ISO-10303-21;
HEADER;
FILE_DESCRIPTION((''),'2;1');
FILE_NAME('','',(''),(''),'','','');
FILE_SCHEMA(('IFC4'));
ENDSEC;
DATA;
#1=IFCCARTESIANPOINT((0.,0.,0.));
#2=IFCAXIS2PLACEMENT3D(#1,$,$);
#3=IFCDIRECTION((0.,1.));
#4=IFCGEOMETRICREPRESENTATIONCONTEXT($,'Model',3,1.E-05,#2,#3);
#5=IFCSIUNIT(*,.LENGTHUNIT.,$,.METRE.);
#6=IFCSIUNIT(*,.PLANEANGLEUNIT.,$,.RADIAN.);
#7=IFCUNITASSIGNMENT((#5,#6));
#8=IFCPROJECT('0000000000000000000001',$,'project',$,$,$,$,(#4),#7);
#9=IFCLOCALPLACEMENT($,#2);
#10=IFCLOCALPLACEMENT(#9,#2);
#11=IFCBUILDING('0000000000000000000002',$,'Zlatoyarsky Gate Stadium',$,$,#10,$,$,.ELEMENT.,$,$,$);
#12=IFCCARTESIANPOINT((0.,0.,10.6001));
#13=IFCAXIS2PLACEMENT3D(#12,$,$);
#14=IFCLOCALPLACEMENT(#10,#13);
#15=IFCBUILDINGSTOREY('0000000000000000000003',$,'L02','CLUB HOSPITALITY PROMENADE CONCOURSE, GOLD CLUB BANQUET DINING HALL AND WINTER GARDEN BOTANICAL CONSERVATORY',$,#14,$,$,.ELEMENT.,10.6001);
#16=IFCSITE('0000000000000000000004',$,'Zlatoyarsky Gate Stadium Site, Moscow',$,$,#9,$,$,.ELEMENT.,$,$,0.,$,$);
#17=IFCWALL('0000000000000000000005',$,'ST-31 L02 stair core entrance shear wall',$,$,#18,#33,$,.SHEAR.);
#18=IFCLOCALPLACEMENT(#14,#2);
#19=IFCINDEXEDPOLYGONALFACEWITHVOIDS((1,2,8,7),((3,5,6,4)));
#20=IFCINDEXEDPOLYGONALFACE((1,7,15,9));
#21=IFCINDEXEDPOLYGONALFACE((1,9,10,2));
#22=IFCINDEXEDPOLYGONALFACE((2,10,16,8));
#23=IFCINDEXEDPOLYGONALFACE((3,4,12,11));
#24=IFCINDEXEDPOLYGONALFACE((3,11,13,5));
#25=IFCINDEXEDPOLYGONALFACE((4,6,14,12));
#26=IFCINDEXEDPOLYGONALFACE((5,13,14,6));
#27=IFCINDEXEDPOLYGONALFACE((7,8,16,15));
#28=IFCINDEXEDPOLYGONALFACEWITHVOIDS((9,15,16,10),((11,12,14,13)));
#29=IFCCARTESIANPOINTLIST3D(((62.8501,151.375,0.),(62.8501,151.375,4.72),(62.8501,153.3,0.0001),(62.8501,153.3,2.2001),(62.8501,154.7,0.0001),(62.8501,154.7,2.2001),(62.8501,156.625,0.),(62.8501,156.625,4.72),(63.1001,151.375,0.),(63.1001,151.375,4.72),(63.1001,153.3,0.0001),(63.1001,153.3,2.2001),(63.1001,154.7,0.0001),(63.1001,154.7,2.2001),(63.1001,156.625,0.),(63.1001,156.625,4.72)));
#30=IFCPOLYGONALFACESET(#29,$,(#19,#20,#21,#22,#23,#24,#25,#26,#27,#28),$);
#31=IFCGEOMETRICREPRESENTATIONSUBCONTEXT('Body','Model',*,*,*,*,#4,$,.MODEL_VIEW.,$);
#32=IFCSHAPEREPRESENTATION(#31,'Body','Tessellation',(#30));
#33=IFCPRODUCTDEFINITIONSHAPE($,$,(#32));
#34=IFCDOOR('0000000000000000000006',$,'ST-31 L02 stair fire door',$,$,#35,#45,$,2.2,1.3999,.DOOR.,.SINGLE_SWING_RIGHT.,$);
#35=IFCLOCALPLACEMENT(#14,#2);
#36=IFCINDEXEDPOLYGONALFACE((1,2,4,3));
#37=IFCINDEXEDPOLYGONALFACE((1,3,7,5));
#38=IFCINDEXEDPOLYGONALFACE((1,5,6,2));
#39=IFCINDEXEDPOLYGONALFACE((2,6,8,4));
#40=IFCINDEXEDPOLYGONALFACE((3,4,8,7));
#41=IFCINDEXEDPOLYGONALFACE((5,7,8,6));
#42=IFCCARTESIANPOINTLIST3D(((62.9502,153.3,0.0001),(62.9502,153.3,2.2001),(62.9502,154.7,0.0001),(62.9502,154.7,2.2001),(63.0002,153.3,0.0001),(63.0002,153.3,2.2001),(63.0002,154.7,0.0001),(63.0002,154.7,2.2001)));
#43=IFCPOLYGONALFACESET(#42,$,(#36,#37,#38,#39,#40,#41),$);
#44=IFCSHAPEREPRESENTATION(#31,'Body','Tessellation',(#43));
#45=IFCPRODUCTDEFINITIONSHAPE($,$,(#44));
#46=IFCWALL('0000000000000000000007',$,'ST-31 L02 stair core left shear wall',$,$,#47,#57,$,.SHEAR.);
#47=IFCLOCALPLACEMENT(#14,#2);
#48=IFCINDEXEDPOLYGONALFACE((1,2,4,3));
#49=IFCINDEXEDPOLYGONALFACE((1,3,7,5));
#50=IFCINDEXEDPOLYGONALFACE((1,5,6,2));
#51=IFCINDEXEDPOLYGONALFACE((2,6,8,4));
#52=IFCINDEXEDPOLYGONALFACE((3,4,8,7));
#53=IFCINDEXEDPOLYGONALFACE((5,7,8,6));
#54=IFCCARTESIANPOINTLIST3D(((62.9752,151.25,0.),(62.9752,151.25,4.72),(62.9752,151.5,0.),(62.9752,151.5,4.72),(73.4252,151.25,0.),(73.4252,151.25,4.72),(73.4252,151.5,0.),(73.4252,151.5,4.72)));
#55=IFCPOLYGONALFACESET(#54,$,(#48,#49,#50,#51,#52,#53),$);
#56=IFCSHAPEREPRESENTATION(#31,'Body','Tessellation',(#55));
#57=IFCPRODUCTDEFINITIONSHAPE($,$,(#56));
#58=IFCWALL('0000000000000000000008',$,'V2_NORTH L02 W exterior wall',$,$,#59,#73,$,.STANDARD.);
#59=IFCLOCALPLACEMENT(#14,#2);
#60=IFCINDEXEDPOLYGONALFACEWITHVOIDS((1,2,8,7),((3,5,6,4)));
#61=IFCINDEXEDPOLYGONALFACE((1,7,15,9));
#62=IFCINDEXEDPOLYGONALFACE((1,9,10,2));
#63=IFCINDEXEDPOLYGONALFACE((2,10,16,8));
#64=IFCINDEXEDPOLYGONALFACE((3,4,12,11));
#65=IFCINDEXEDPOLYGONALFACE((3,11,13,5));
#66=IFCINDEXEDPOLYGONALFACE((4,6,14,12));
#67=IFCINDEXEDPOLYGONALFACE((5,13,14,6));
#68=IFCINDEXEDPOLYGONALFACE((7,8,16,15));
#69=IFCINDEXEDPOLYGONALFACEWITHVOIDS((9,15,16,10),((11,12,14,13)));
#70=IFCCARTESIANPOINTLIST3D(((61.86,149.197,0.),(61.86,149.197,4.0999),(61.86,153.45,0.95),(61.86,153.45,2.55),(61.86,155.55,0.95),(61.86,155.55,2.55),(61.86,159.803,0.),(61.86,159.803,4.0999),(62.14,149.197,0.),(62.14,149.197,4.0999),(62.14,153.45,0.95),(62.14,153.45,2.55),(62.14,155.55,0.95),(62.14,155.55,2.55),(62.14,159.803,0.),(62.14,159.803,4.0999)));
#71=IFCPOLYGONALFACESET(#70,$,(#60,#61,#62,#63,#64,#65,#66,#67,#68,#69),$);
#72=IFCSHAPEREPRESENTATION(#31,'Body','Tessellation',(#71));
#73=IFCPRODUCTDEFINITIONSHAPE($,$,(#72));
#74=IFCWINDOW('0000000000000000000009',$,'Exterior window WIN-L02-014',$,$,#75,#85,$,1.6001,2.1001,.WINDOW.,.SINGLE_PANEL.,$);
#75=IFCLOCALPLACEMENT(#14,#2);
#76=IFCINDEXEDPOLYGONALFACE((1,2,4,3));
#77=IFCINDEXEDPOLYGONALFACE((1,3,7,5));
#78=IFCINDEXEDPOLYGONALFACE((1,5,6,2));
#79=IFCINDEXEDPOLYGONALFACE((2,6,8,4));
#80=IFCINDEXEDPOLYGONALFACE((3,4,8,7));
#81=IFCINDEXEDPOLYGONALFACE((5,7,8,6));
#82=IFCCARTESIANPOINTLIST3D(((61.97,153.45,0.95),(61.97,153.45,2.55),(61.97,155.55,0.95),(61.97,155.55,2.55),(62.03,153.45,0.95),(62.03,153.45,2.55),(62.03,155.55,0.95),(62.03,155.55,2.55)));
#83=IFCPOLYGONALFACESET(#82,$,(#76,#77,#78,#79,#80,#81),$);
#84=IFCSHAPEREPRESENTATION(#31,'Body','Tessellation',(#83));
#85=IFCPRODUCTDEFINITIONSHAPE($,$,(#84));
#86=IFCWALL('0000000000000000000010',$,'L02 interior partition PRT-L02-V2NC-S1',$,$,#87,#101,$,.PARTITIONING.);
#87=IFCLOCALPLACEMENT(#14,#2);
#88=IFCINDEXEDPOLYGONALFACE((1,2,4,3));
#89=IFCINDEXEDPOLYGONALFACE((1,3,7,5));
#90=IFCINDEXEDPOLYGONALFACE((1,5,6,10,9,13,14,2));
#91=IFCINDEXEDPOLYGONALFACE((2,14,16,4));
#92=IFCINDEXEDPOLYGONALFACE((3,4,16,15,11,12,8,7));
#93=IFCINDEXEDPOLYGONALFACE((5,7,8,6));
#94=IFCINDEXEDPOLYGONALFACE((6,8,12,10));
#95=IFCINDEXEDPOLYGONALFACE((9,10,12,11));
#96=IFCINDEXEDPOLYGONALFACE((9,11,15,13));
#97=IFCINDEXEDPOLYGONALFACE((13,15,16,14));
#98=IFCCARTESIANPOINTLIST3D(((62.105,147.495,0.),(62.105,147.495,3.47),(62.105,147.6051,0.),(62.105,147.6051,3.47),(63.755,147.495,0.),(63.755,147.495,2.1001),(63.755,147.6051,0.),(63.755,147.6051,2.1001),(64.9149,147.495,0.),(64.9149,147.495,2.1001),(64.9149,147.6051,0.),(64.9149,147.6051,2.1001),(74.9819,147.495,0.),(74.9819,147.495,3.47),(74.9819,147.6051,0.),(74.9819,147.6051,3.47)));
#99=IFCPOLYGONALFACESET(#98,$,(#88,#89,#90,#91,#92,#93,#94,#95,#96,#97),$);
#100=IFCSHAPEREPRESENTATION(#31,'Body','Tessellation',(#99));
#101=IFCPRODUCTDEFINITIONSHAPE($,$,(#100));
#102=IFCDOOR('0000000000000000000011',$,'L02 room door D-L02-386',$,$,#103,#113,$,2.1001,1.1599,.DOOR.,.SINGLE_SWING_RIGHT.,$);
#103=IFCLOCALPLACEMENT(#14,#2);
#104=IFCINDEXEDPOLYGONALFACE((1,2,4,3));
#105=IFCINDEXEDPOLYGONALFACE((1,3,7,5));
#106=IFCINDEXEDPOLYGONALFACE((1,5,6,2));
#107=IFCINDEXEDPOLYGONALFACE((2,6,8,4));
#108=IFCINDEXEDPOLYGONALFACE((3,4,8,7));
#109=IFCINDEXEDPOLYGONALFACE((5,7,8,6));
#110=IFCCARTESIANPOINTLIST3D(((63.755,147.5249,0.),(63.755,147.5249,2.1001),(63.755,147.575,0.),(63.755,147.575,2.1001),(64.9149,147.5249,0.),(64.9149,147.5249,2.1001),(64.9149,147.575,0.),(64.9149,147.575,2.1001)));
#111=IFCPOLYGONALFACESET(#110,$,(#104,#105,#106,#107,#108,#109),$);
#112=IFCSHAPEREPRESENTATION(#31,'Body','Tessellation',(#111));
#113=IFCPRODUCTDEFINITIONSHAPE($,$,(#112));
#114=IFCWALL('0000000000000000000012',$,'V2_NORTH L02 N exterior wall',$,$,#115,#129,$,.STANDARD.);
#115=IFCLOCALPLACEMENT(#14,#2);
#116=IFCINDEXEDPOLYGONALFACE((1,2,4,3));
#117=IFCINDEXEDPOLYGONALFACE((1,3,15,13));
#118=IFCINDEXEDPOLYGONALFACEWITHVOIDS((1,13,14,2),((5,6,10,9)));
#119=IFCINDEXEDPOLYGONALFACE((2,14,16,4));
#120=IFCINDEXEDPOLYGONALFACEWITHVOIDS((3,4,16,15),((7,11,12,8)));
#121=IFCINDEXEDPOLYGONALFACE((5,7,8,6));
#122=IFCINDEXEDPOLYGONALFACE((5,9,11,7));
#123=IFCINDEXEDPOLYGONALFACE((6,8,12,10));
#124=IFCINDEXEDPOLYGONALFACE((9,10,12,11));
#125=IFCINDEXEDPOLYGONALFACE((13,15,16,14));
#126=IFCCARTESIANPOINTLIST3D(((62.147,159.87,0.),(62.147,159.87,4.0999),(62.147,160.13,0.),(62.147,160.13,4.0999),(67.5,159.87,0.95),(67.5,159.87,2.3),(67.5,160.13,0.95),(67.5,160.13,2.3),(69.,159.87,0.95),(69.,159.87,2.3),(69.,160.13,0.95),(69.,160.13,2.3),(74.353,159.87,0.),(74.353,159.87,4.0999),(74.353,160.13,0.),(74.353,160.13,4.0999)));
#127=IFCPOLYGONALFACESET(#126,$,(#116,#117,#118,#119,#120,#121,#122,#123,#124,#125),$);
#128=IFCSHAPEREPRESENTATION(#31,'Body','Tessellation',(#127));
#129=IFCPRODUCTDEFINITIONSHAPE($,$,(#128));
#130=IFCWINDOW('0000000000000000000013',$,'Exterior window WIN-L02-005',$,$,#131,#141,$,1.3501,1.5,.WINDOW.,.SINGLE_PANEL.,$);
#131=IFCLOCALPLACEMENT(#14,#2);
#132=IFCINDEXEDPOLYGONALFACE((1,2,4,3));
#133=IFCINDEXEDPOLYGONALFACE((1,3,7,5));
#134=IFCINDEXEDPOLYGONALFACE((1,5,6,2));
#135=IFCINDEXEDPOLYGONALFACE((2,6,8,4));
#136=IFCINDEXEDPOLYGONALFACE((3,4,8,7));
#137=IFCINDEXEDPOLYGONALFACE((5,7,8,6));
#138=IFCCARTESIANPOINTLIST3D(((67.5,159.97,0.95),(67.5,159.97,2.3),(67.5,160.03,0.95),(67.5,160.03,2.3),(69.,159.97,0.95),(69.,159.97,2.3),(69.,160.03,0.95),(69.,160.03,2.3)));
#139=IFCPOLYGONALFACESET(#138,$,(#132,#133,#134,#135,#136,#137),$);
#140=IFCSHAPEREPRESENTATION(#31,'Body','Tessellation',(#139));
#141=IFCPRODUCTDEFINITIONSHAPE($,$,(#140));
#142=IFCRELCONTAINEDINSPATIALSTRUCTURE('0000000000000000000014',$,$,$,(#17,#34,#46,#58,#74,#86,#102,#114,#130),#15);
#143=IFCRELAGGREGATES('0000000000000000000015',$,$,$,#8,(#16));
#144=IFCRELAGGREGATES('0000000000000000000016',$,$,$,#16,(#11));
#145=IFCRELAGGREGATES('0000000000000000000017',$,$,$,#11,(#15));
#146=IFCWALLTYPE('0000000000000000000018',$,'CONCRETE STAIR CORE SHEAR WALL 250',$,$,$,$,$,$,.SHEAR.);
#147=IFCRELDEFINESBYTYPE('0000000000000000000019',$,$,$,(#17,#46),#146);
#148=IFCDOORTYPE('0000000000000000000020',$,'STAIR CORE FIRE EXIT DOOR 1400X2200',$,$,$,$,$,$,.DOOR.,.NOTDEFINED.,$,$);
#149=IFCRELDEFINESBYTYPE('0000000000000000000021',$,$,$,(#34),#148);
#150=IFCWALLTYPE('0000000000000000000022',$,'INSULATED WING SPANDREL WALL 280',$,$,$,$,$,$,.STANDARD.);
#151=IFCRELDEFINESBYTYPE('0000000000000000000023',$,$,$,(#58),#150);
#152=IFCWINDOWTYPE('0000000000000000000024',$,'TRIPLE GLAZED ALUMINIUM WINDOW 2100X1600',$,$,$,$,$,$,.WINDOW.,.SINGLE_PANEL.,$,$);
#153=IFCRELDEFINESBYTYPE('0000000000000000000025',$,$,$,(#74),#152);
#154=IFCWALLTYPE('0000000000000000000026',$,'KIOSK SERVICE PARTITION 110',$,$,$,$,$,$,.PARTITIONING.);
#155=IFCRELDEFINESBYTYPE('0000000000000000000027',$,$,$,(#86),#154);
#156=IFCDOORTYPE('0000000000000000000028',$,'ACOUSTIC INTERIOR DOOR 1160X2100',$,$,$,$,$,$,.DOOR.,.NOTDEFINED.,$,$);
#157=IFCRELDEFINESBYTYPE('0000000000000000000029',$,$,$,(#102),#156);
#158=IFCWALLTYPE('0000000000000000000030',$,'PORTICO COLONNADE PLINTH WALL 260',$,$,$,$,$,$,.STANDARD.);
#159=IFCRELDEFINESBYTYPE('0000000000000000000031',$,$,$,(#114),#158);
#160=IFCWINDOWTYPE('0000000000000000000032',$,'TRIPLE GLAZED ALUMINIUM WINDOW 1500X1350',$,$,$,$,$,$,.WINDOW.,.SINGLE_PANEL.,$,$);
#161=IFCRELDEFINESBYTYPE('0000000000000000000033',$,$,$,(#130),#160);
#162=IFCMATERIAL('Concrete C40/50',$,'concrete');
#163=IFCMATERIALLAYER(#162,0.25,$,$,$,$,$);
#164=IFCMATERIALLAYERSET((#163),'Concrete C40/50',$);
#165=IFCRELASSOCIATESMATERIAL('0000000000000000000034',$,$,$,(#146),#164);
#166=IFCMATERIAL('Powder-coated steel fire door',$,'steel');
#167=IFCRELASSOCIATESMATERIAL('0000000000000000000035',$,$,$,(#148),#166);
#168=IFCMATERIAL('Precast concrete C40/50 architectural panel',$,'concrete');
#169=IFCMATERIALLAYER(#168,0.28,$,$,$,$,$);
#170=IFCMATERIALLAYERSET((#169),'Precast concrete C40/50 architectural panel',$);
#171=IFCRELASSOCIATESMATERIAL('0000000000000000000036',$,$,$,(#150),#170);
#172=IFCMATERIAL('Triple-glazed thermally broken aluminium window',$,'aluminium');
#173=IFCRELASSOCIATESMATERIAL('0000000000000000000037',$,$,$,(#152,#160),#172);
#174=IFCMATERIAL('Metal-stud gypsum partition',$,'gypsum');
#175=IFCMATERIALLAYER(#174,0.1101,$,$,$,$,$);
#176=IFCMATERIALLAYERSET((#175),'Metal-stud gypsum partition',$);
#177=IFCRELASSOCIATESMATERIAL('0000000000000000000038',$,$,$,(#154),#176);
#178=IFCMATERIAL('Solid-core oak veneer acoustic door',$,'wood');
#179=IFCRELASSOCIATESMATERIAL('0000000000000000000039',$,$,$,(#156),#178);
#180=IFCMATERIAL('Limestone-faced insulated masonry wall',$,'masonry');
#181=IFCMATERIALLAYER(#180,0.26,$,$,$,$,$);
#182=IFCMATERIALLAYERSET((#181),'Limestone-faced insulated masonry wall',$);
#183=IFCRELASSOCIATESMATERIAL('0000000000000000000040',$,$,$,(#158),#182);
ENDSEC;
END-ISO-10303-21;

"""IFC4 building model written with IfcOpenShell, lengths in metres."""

from ifc_helpers import new_model, si_unit, direction, frame, frame_2d, origin, place, context, subcontext, project, spatial, rectangle, extrude, material, layer, layer_set, type_object, element, fill, save


model = new_model("IFC4")

# Units and contexts
model_context = context("Model", 3, precision=1e-05, world=origin(), true_north=direction((0.0, 1.0)))
body_context = subcontext(model_context, "Body", "Model", "MODEL_VIEW")
ifc_project = project(units=[si_unit("LENGTHUNIT", "METRE"), si_unit("PLANEANGLEUNIT", "RADIAN")], contexts=[model_context])

# Site, building, storey
site_placement = place(None, origin())
site = spatial("IfcSite", under=ifc_project, at=site_placement, Name="Zlatoyarsky Gate Stadium Site, Moscow", CompositionType="ELEMENT", RefElevation=0.0)
building_placement = place(site_placement, origin())
building = spatial("IfcBuilding", under=site, at=building_placement, Name="Zlatoyarsky Gate Stadium", CompositionType="ELEMENT")
storey_placement = place(building_placement, frame((0.0, 0.0, 10.6001)))
storey = spatial("IfcBuildingStorey", under=building, at=storey_placement, Name="L02", Description="CLUB HOSPITALITY PROMENADE CONCOURSE, GOLD CLUB BANQUET DINING HALL AND WINTER GARDEN BOTANICAL CONSERVATORY", CompositionType="ELEMENT", Elevation=10.6001)

# Shared definitions
ifc_material_1 = material(Name="Concrete C40/50", Category="concrete")

# Wall, opening, door
ifc_layer_1 = layer(ifc_material_1, 0.25)
ifc_layer_set_1 = layer_set([ifc_layer_1], Name="Concrete C40/50")
wall_type_1 = type_object("IfcWallType", Name="CONCRETE STAIR CORE SHEAR WALL 250", PredefinedType="SHEAR", material=ifc_layer_set_1)
wall_1_placement = place(storey_placement, frame((62.9751, 156.625, 0.0), z_axis=(0.0, 0.0, 1.0), x_axis=(0.0, -1.0, 0.0)))
wall_1 = element("IfcWall", 1, at=wall_1_placement, inside=storey, type_object=wall_type_1, Name="ST-31 L02 stair core entrance shear wall", PredefinedType="SHEAR", context=body_context, shape_type="SweptSolid", body=[
    extrude(rectangle(XDim=5.25, YDim=0.25, at=frame_2d((2.625, 0.0))), origin(), (0.0, 0.0, 1.0), 4.72),
])
opening_1_placement = place(wall_1_placement, frame((1.925, 0.0, 0.0)))
opening_1 = element("IfcOpeningElement", 2, at=opening_1_placement, cuts=wall_1, PredefinedType="OPENING", context=body_context, shape_type="SweptSolid", body=[
    extrude(rectangle(XDim=1.3999, YDim=2.2, at=frame_2d((0.7, 1.1001))), frame((0.0, 0.135, 0.0), z_axis=(0.0, -1.0, 0.0), x_axis=(1.0, 0.0, 0.0)), (0.0, 0.0, 1.0), 0.27),
])
ifc_material_2 = material(Name="Powder-coated steel fire door", Category="steel")
door_type_1 = type_object("IfcDoorType", Name="STAIR CORE FIRE EXIT DOOR 1400X2200", OperationType="NOTDEFINED", PredefinedType="DOOR", material=ifc_material_2)
door_1_placement = place(opening_1_placement, frame((1.3999, 0.0, 0.0), z_axis=(0.0, 0.0, 1.0), x_axis=(-1.0, 0.0, 0.0)))
door_1 = element("IfcDoor", 3, at=door_1_placement, inside=storey, type_object=door_type_1, Name="ST-31 L02 stair fire door", OperationType="SINGLE_SWING_RIGHT", OverallHeight=2.2, OverallWidth=1.3999, PredefinedType="DOOR", context=body_context, shape_type="SweptSolid", body=[
    extrude(rectangle(XDim=1.3999, YDim=2.2, at=frame_2d((0.7, 1.1001))), frame((0.0, 0.0249, 0.0), z_axis=(0.0, -1.0, 0.0), x_axis=(1.0, 0.0, 0.0)), (0.0, 0.0, 1.0), 0.05),
])
fill(opening_1, door_1)

# Wall
wall_2_placement = place(storey_placement, frame((62.9751, 151.375, 0.0), z_axis=(0.0, 0.0, 1.0), x_axis=(1.0, 0.0, 0.0)))
element("IfcWall", 4, at=wall_2_placement, inside=storey, type_object=wall_type_1, Name="ST-31 L02 stair core left shear wall", PredefinedType="SHEAR", context=body_context, shape_type="SweptSolid", body=[
    extrude(rectangle(XDim=10.45, YDim=0.25, at=frame_2d((5.2251, 0.0))), origin(), (0.0, 0.0, 1.0), 4.72),
])

# Wall, opening, window
ifc_material_3 = material(Name="Precast concrete C40/50 architectural panel", Category="concrete")
ifc_layer_2 = layer(ifc_material_3, 0.28)
ifc_layer_set_2 = layer_set([ifc_layer_2], Name="Precast concrete C40/50 architectural panel")
wall_type_2 = type_object("IfcWallType", Name="INSULATED WING SPANDREL WALL 280", PredefinedType="STANDARD", material=ifc_layer_set_2)
wall_3_placement = place(storey_placement, frame((62.0, 149.197, 0.0), z_axis=(0.0, 0.0, 1.0), x_axis=(0.0, 1.0, 0.0)))
wall_3 = element("IfcWall", 5, at=wall_3_placement, inside=storey, type_object=wall_type_2, Name="V2_NORTH L02 W exterior wall", PredefinedType="STANDARD", context=body_context, shape_type="SweptSolid", body=[
    extrude(rectangle(XDim=10.606, YDim=0.28, at=frame_2d((5.303, 0.0))), origin(), (0.0, 0.0, 1.0), 4.0999),
])
opening_2_placement = place(wall_3_placement, frame((4.2529, 0.0, 0.95)))
opening_2 = element("IfcOpeningElement", 6, at=opening_2_placement, cuts=wall_3, PredefinedType="OPENING", context=body_context, shape_type="SweptSolid", body=[
    extrude(rectangle(XDim=2.1001, YDim=1.6001, at=frame_2d((1.05, 0.8))), frame((0.0, 0.1499, 0.0), z_axis=(0.0, -1.0, 0.0), x_axis=(1.0, 0.0, 0.0)), (0.0, 0.0, 1.0), 0.3),
])
ifc_material_4 = material(Name="Triple-glazed thermally broken aluminium window", Category="aluminium")
window_type_1 = type_object("IfcWindowType", Name="TRIPLE GLAZED ALUMINIUM WINDOW 2100X1600", PartitioningType="SINGLE_PANEL", PredefinedType="WINDOW", material=ifc_material_4)
window_1_placement = place(opening_2_placement, origin())
window_1 = element("IfcWindow", 7, at=window_1_placement, inside=storey, type_object=window_type_1, Name="Exterior window WIN-L02-014", OverallHeight=1.6001, OverallWidth=2.1001, PartitioningType="SINGLE_PANEL", PredefinedType="WINDOW", context=body_context, shape_type="SweptSolid", body=[
    extrude(rectangle(XDim=2.1001, YDim=1.6001, at=frame_2d((1.05, 0.8))), frame((0.0, 0.03, 0.0), z_axis=(0.0, -1.0, 0.0), x_axis=(1.0, 0.0, 0.0)), (0.0, 0.0, 1.0), 0.0601),
])
fill(opening_2, window_1)

# Wall, opening, door
ifc_material_5 = material(Name="Metal-stud gypsum partition", Category="gypsum")
ifc_layer_3 = layer(ifc_material_5, 0.1101)
ifc_layer_set_3 = layer_set([ifc_layer_3], Name="Metal-stud gypsum partition")
wall_type_3 = type_object("IfcWallType", Name="KIOSK SERVICE PARTITION 110", PredefinedType="PARTITIONING", material=ifc_layer_set_3)
wall_4_placement = place(storey_placement, frame((62.105, 147.55, 0.0), z_axis=(0.0, 0.0, 1.0), x_axis=(1.0, 0.0, 0.0)))
wall_4 = element("IfcWall", 8, at=wall_4_placement, inside=storey, type_object=wall_type_3, Name="L02 interior partition PRT-L02-V2NC-S1", PredefinedType="PARTITIONING", context=body_context, shape_type="SweptSolid", body=[
    extrude(rectangle(XDim=12.877, YDim=0.1101, at=frame_2d((6.4385, 0.0))), origin(), (0.0, 0.0, 1.0), 3.47),
])
opening_3_placement = place(wall_4_placement, frame((1.6499, 0.0, 0.0)))
opening_3 = element("IfcOpeningElement", 9, at=opening_3_placement, cuts=wall_4, PredefinedType="OPENING", context=body_context, shape_type="SweptSolid", body=[
    extrude(rectangle(XDim=1.1599, YDim=2.1001, at=frame_2d((0.5801, 1.05))), frame((0.0, 0.0649, 0.0), z_axis=(0.0, -1.0, 0.0), x_axis=(1.0, 0.0, 0.0)), (0.0, 0.0, 1.0), 0.1301),
])
ifc_material_6 = material(Name="Solid-core oak veneer acoustic door", Category="wood")
door_type_2 = type_object("IfcDoorType", Name="ACOUSTIC INTERIOR DOOR 1160X2100", OperationType="NOTDEFINED", PredefinedType="DOOR", material=ifc_material_6)
door_2_placement = place(opening_3_placement, origin())
door_2 = element("IfcDoor", 10, at=door_2_placement, inside=storey, type_object=door_type_2, Name="L02 room door D-L02-386", OperationType="SINGLE_SWING_RIGHT", OverallHeight=2.1001, OverallWidth=1.1599, PredefinedType="DOOR", context=body_context, shape_type="SweptSolid", body=[
    extrude(rectangle(XDim=1.1599, YDim=2.1001, at=frame_2d((0.5801, 1.05))), frame((0.0, 0.0249, 0.0), z_axis=(0.0, -1.0, 0.0), x_axis=(1.0, 0.0, 0.0)), (0.0, 0.0, 1.0), 0.05),
])
fill(opening_3, door_2)

# Wall, opening, window
ifc_material_7 = material(Name="Limestone-faced insulated masonry wall", Category="masonry")
ifc_layer_4 = layer(ifc_material_7, 0.26)
ifc_layer_set_4 = layer_set([ifc_layer_4], Name="Limestone-faced insulated masonry wall")
wall_type_4 = type_object("IfcWallType", Name="PORTICO COLONNADE PLINTH WALL 260", PredefinedType="STANDARD", material=ifc_layer_set_4)
wall_5_placement = place(storey_placement, frame((62.147, 160.0, 0.0), z_axis=(0.0, 0.0, 1.0), x_axis=(1.0, 0.0, 0.0)))
wall_5 = element("IfcWall", 11, at=wall_5_placement, inside=storey, type_object=wall_type_4, Name="V2_NORTH L02 N exterior wall", PredefinedType="STANDARD", context=body_context, shape_type="SweptSolid", body=[
    extrude(rectangle(XDim=12.2061, YDim=0.26, at=frame_2d((6.103, 0.0))), origin(), (0.0, 0.0, 1.0), 4.0999),
])
opening_4_placement = place(wall_5_placement, frame((5.353, 0.0, 0.95)))
opening_4 = element("IfcOpeningElement", 12, at=opening_4_placement, cuts=wall_5, PredefinedType="OPENING", context=body_context, shape_type="SweptSolid", body=[
    extrude(rectangle(XDim=1.5, YDim=1.3501, at=frame_2d((0.75, 0.675))), frame((0.0, 0.1399, 0.0), z_axis=(0.0, -1.0, 0.0), x_axis=(1.0, 0.0, 0.0)), (0.0, 0.0, 1.0), 0.28),
])
window_type_2 = type_object("IfcWindowType", Name="TRIPLE GLAZED ALUMINIUM WINDOW 1500X1350", PartitioningType="SINGLE_PANEL", PredefinedType="WINDOW", material=ifc_material_4)
window_2_placement = place(opening_4_placement, origin())
window_2 = element("IfcWindow", 13, at=window_2_placement, inside=storey, type_object=window_type_2, Name="Exterior window WIN-L02-005", OverallHeight=1.3501, OverallWidth=1.5, PartitioningType="SINGLE_PANEL", PredefinedType="WINDOW", context=body_context, shape_type="SweptSolid", body=[
    extrude(rectangle(XDim=1.5, YDim=1.3501, at=frame_2d((0.75, 0.675))), frame((0.0, 0.03, 0.0), z_axis=(0.0, -1.0, 0.0), x_axis=(1.0, 0.0, 0.0)), (0.0, 0.0, 1.0), 0.0601),
])
fill(opening_4, window_2)

save(model, "model.ifc")
